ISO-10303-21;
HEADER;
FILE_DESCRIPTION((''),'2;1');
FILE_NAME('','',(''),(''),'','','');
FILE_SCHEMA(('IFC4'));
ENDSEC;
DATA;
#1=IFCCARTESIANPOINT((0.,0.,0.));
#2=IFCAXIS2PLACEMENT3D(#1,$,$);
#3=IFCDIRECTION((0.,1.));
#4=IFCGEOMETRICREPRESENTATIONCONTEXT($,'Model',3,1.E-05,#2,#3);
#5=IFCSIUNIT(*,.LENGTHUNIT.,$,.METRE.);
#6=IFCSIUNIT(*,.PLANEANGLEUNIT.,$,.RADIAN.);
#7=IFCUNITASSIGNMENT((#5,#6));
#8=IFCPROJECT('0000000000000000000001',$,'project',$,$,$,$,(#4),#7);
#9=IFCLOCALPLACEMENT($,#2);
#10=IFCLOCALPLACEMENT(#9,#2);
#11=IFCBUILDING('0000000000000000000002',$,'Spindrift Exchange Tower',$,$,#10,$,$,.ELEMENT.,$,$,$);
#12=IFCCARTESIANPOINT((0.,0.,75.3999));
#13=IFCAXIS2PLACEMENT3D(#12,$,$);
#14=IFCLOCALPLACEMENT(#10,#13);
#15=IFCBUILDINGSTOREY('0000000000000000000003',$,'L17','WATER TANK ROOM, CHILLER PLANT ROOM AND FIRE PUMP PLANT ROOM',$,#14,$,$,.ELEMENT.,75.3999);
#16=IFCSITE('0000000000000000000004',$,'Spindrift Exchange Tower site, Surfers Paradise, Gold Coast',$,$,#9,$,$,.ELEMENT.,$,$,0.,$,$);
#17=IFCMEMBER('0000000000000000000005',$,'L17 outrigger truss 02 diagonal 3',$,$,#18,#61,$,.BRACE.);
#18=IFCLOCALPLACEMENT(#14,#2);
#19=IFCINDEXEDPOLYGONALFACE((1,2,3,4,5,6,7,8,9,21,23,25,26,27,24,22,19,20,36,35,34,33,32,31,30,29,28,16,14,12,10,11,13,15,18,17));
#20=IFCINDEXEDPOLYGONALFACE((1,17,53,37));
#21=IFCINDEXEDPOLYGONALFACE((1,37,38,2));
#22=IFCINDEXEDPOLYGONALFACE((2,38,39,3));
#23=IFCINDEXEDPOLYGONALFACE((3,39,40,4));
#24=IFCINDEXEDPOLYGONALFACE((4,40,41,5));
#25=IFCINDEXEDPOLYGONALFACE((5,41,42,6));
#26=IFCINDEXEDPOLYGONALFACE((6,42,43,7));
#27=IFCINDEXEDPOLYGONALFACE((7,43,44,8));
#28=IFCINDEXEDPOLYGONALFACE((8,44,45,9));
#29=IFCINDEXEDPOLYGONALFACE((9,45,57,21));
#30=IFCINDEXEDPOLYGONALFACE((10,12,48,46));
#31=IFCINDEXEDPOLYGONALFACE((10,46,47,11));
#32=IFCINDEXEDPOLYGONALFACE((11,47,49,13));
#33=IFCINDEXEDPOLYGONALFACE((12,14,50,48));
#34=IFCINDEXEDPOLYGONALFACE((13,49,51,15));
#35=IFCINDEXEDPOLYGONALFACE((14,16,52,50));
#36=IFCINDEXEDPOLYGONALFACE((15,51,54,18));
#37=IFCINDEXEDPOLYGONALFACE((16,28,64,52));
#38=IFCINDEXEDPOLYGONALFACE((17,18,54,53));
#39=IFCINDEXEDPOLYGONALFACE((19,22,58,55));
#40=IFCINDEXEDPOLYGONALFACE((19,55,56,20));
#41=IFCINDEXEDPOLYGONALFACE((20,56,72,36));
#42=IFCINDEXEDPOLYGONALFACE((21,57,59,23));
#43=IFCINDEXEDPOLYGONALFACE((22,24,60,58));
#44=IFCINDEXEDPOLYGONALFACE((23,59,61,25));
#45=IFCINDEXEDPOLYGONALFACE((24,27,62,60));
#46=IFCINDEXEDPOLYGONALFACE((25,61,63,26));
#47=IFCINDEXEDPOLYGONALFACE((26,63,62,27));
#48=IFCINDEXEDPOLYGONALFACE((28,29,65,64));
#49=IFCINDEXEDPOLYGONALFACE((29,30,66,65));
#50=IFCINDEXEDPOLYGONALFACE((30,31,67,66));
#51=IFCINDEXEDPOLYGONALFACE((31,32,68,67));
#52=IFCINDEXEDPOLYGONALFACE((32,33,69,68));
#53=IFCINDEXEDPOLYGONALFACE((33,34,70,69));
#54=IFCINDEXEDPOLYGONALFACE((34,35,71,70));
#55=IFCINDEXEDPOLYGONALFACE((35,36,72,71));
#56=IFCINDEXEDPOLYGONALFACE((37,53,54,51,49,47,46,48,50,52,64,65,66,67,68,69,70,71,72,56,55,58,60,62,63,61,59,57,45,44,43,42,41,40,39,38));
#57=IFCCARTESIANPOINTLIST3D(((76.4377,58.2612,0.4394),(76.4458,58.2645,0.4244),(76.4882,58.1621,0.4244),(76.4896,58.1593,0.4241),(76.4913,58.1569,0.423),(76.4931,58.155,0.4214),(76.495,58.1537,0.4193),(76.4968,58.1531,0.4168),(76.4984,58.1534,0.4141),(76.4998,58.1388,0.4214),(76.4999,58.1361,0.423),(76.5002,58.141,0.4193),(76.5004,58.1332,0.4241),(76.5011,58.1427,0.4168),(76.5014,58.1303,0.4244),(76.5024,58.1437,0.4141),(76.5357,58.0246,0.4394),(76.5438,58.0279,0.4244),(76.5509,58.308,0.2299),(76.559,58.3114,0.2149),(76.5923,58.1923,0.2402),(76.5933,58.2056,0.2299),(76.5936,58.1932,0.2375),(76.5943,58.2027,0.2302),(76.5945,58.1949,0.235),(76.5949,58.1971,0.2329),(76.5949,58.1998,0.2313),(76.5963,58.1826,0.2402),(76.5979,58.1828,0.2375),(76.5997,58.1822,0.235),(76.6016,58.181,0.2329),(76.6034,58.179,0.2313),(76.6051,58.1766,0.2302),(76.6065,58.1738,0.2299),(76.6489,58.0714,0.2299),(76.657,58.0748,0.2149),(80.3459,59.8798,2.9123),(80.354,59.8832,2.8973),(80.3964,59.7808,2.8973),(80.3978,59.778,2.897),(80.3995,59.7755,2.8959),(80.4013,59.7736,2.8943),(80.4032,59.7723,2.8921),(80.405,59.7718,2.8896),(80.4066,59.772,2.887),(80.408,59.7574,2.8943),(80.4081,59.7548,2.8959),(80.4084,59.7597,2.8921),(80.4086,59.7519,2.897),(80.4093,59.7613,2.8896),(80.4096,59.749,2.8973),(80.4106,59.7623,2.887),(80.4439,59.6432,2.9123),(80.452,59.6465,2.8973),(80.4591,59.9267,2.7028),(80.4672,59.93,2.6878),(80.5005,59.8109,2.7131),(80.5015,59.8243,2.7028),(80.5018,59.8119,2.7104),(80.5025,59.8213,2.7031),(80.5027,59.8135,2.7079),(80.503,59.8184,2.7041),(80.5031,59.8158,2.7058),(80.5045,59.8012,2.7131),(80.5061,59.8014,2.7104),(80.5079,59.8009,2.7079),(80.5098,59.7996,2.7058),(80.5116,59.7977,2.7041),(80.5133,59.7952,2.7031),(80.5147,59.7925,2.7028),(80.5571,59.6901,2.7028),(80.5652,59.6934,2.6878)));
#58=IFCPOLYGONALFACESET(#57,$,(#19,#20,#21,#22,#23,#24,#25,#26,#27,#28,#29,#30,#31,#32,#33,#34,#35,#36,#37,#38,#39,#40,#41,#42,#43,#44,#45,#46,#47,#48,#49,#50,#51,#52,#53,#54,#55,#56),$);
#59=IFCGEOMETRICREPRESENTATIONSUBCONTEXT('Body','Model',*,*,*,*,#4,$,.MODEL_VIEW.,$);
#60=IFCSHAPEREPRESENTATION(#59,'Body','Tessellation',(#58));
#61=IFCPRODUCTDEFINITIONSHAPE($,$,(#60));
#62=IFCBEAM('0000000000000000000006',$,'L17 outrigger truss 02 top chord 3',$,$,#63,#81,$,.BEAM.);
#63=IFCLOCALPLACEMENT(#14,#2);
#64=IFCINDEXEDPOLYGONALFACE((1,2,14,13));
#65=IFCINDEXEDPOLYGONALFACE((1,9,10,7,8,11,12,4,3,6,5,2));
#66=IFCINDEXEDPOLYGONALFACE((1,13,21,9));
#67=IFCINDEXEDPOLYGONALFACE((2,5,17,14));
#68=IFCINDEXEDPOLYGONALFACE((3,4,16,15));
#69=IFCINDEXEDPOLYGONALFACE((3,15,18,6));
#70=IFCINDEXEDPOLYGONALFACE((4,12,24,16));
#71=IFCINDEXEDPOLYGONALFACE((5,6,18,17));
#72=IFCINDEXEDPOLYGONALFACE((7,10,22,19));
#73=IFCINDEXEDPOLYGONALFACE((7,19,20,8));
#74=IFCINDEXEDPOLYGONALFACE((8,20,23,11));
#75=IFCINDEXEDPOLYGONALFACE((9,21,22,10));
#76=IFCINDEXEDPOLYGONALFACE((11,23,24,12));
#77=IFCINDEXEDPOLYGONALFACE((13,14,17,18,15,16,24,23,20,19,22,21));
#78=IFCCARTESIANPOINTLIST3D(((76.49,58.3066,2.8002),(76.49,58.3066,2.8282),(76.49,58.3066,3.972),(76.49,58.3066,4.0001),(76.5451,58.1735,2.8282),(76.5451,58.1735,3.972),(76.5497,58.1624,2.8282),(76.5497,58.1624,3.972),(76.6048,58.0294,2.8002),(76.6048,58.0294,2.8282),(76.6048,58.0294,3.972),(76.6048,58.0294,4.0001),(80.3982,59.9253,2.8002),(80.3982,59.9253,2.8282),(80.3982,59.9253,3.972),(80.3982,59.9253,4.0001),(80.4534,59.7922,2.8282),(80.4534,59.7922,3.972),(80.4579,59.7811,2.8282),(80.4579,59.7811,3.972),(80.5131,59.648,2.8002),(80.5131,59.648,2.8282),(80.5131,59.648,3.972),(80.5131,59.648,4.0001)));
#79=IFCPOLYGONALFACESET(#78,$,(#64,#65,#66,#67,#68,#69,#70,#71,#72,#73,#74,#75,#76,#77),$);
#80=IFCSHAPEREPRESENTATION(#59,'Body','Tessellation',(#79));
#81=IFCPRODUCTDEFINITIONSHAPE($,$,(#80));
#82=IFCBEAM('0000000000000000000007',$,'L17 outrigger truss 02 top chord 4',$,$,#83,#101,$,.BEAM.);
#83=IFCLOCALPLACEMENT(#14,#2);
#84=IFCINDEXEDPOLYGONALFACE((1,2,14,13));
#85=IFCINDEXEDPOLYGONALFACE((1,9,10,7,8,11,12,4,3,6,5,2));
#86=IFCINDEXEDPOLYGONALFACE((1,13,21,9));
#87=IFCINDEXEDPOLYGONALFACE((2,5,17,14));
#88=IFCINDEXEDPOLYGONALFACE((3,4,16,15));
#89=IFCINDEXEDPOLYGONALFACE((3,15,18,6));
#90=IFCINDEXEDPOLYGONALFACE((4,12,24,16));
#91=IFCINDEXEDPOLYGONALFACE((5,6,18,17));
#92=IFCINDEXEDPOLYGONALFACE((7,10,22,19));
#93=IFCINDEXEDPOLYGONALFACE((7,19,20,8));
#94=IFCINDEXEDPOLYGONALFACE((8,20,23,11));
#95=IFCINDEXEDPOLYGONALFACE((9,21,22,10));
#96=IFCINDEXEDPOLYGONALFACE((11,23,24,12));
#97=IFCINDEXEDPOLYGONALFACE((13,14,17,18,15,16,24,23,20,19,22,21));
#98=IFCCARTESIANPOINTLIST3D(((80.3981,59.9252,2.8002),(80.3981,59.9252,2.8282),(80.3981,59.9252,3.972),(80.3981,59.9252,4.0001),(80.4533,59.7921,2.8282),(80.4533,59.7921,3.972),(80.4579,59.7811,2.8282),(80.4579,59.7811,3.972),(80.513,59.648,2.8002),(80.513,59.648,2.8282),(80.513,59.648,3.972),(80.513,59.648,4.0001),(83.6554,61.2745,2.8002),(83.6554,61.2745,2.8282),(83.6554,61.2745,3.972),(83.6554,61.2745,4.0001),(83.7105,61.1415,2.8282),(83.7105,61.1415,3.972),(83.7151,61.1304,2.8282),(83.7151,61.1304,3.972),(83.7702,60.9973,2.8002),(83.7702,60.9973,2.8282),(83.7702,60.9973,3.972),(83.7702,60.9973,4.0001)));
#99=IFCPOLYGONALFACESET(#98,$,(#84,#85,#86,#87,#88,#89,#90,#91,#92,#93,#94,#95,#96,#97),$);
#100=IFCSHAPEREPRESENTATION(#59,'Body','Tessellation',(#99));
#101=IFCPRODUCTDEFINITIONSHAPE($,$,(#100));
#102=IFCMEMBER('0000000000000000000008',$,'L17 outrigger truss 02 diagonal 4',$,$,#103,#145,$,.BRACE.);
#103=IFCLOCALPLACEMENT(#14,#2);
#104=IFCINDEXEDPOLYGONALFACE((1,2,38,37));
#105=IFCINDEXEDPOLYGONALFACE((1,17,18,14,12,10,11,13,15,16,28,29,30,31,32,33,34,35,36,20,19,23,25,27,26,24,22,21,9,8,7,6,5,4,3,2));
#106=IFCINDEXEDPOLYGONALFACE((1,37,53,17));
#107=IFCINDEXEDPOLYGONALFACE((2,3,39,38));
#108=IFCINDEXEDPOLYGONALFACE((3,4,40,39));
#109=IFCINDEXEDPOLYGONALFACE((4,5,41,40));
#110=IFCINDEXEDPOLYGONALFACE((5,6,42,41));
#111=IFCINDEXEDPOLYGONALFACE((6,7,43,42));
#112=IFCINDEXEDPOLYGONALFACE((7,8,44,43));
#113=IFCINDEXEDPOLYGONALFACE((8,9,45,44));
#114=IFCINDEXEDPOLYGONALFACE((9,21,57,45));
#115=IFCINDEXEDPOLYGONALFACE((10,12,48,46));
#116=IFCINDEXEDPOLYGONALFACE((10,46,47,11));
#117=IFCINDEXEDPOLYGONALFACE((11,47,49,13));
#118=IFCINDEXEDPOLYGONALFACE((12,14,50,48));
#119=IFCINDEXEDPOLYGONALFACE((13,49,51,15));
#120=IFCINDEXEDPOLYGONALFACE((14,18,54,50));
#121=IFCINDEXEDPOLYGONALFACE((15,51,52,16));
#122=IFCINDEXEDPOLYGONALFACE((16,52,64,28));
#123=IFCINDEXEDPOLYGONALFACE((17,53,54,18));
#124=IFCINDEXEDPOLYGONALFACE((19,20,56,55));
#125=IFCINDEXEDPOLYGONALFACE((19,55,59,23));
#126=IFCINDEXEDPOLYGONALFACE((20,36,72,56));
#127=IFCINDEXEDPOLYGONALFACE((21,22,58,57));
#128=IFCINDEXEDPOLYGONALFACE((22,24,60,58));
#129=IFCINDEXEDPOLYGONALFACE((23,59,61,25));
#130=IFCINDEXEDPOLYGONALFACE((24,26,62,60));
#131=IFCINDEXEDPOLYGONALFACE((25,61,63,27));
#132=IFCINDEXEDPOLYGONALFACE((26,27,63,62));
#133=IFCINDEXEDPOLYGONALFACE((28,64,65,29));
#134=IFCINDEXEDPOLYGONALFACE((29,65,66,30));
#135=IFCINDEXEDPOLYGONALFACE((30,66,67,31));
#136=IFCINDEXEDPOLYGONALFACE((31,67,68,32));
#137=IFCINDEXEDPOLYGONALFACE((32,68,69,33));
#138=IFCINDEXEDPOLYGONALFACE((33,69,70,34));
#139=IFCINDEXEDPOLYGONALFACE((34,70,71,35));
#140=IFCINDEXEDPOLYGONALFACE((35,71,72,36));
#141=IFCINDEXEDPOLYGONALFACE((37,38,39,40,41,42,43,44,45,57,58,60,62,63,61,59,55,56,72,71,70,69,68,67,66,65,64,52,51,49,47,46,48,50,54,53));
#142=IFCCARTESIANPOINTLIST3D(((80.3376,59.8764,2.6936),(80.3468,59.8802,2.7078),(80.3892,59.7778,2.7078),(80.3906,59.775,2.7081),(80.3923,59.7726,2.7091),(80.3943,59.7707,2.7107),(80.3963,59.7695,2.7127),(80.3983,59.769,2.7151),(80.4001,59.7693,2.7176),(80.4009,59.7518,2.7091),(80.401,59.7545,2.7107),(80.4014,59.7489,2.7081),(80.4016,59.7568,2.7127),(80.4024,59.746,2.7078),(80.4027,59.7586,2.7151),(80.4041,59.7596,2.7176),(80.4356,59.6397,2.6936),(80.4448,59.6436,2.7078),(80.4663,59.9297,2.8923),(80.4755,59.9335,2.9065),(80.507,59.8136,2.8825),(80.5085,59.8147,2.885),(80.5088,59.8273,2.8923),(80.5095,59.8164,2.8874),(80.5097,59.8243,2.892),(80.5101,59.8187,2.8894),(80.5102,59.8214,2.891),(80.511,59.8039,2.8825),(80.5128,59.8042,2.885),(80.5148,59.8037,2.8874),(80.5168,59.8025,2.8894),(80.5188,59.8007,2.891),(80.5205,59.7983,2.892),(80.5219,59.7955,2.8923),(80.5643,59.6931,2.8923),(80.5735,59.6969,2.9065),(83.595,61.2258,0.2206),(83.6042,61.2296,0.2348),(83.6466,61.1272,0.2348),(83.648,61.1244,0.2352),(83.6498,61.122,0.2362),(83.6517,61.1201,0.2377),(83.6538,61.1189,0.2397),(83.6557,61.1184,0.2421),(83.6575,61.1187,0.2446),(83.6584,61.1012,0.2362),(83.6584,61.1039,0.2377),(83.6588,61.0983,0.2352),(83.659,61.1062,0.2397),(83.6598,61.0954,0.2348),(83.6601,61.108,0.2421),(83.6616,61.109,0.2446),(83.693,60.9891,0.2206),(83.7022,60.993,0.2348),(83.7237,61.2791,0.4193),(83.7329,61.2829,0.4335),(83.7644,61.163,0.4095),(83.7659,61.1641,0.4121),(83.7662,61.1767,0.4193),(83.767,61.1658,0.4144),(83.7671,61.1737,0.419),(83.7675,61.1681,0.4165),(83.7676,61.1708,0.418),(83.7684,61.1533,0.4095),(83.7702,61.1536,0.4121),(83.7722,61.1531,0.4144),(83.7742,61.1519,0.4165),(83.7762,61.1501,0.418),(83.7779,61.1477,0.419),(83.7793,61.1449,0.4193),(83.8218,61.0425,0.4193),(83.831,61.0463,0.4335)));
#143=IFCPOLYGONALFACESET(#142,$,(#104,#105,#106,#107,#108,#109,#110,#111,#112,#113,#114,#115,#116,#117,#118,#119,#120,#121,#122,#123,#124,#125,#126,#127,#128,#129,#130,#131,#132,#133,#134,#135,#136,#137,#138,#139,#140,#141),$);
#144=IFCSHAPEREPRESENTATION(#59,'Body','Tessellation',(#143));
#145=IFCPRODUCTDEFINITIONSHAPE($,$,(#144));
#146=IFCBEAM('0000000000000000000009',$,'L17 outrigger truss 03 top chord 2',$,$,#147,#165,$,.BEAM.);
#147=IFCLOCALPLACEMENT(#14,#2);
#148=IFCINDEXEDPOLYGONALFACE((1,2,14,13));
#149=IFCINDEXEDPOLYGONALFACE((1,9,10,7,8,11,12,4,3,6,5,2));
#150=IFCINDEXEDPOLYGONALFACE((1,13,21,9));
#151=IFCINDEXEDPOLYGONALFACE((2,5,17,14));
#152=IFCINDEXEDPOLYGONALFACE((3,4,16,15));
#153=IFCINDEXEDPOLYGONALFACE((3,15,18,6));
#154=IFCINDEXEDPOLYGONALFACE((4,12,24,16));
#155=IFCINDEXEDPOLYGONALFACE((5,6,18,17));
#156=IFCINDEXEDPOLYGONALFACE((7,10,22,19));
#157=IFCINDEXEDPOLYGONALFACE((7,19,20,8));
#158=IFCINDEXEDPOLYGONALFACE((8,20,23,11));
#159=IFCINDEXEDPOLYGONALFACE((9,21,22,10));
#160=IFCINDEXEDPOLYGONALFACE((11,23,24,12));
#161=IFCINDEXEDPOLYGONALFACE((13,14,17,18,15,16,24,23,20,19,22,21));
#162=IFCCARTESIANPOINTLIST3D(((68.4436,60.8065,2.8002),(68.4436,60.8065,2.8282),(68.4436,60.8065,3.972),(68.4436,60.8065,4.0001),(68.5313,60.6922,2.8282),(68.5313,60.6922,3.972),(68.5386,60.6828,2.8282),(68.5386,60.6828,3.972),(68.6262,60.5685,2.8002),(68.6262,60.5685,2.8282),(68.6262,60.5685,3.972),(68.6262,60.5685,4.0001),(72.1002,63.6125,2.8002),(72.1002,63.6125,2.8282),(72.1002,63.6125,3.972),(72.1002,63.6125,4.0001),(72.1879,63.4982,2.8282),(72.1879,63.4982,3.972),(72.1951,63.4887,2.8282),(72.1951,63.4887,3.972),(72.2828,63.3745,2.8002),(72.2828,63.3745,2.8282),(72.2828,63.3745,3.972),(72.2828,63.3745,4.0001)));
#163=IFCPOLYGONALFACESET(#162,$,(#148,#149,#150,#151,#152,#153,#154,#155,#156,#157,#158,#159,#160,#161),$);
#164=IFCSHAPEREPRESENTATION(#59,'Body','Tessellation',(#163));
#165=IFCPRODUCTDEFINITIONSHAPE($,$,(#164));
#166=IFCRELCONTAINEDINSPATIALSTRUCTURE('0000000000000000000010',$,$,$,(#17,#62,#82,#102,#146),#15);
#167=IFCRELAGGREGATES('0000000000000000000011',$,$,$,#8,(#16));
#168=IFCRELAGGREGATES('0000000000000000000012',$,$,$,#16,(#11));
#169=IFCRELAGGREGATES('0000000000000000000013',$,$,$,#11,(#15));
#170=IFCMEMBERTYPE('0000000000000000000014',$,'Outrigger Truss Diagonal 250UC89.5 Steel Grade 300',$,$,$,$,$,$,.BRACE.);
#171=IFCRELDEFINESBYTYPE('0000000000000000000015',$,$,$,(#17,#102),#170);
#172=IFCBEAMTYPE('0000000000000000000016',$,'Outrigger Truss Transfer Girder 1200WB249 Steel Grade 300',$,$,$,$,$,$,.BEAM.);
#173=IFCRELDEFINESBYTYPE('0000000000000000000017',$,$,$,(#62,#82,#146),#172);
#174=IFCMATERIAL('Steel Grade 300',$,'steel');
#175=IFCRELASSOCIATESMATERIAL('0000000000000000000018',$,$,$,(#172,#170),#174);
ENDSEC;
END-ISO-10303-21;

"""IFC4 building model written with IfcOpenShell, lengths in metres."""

from ifc_helpers import new_model, si_unit, direction, frame, origin, origin_2d, place, context, subcontext, project, spatial, i_section, extrude, source, transform, mapped, material, material_profile, profile_set, type_object, element, save


model = new_model("IFC4")

# Units and contexts
model_context = context("Model", 3, precision=1e-05, world=origin(), true_north=direction((0.0, 1.0)))
body_context = subcontext(model_context, "Body", "Model", "MODEL_VIEW")
ifc_project = project(units=[si_unit("LENGTHUNIT", "METRE"), si_unit("PLANEANGLEUNIT", "RADIAN")], contexts=[model_context])

# Site, building, storey
site_placement = place(None, origin())
site = spatial("IfcSite", under=ifc_project, at=site_placement, Name="Spindrift Exchange Tower site, Surfers Paradise, Gold Coast", CompositionType="ELEMENT", RefElevation=0.0)
building_placement = place(site_placement, origin())
building = spatial("IfcBuilding", under=site, at=building_placement, Name="Spindrift Exchange Tower", CompositionType="ELEMENT")
storey_placement = place(building_placement, frame((0.0, 0.0, 75.3999)))
storey = spatial("IfcBuildingStorey", under=building, at=storey_placement, Name="L17", Description="WATER TANK ROOM, CHILLER PLANT ROOM AND FIRE PUMP PLANT ROOM", CompositionType="ELEMENT", Elevation=75.3999)

# Shared definitions
ifc_material_1 = material(Name="Steel Grade 300", Category="steel")
ifc_material_profile_1 = material_profile(ifc_material_1, i_section(OverallWidth=0.3, OverallDepth=1.2, WebThickness=0.012, FlangeThickness=0.0281, at=origin_2d()), Name="1200WB249")
ifc_profile_set_1 = profile_set([ifc_material_profile_1], Name="Steel Grade 300")
beam_type = type_object("IfcBeamType", Name="Outrigger Truss Transfer Girder 1200WB249 Steel Grade 300", PredefinedType="BEAM", material=ifc_profile_set_1)

# Shared definitions
ifc_material_profile_2 = material_profile(ifc_material_1, i_section(OverallWidth=0.2561, OverallDepth=0.26, WebThickness=0.0105, FlangeThickness=0.0173, FilletRadius=0.012, at=origin_2d()), Name="250UC89.5")
ifc_profile_set_2 = profile_set([ifc_material_profile_2], Name="Steel Grade 300")
member_type_1 = type_object("IfcMemberType", Name="Outrigger Truss Diagonal 250UC89.5 Steel Grade 300", PredefinedType="BRACE", material=ifc_profile_set_2)

# Member
shared_shape_1 = source(origin(), body_context, "Body", "SweptSolid", [
    extrude(i_section(OverallWidth=0.2561, OverallDepth=0.26, WebThickness=0.0105, FlangeThickness=0.0173, FilletRadius=0.012, at=origin_2d()), origin(), (0.0, 0.0, 1.0), 4.8999),
])
for number, where, z_axis, x_axis, name in (
    (1, (76.5474, 58.168, 0.3271), (0.797604, 0.330342, 0.504681), (-0.382647, 0.923894, 0.0), "L17 outrigger truss 02 diagonal 3"),
):
    element("IfcMember", number, at=place(storey_placement, frame(where, z_axis=z_axis, x_axis=x_axis)), inside=storey, type_object=member_type_1, Name=name, PredefinedType="BRACE", context=body_context, shape_type="MappedRepresentation", body=[
        mapped(shared_shape_1, transform((0.0, 0.0, 0.0), scale=1.0)),
    ])

# Beams
shared_shape_2 = source(origin(), body_context, "Body", "SweptSolid", [
    extrude(i_section(OverallWidth=0.3, OverallDepth=1.2, WebThickness=0.012, FlangeThickness=0.0281, at=origin_2d()), origin(), (0.0, 0.0, 1.0), 4.2302),
])
beam_1_placement = place(storey_placement, frame((76.5474, 58.168, 3.4001), z_axis=(0.923894, 0.382647, 0.0), x_axis=(-0.382647, 0.923894, 0.0)))
element("IfcBeam", 2, at=beam_1_placement, inside=storey, type_object=beam_type, Name="L17 outrigger truss 02 top chord 3", PredefinedType="BEAM", context=body_context, shape_type="MappedRepresentation", body=[
    mapped(shared_shape_2, transform((0.0, 0.0, 0.0), scale=1.0)),
])
shared_shape_3 = source(origin(), body_context, "Body", "SweptSolid", [
    extrude(i_section(OverallWidth=0.3, OverallDepth=1.2, WebThickness=0.012, FlangeThickness=0.0281, at=origin_2d()), origin(), (0.0, 0.0, 1.0), 3.5256),
])
beam_2_placement = place(storey_placement, frame((80.4556, 59.7866, 3.4001), z_axis=(0.923866, 0.382717, 0.0), x_axis=(-0.382717, 0.923866, 0.0)))
element("IfcBeam", 3, at=beam_2_placement, inside=storey, type_object=beam_type, Name="L17 outrigger truss 02 top chord 4", PredefinedType="BEAM", context=body_context, shape_type="MappedRepresentation", body=[
    mapped(shared_shape_3, transform((0.0, 0.0, 0.0), scale=1.0)),
])

# Member
shared_shape_4 = source(origin(), body_context, "Body", "SweptSolid", [
    extrude(i_section(OverallWidth=0.2561, OverallDepth=0.26, WebThickness=0.0105, FlangeThickness=0.0173, FilletRadius=0.012, at=origin_2d()), origin(), (0.0, 0.0, 1.0), 4.3066),
])
member_1_placement = place(storey_placement, frame((80.4556, 59.7866, 2.8), z_axis=(0.756369, 0.31333, -0.574221), x_axis=(-0.382717, 0.923866, 0.0)))
element("IfcMember", 4, at=member_1_placement, inside=storey, type_object=member_type_1, Name="L17 outrigger truss 02 diagonal 4", PredefinedType="BRACE", context=body_context, shape_type="MappedRepresentation", body=[
    mapped(shared_shape_4, transform((0.0, 0.0, 0.0), scale=1.0)),
])

# Beam
shared_shape_5 = source(origin(), body_context, "Body", "SweptSolid", [
    extrude(i_section(OverallWidth=0.3, OverallDepth=1.2, WebThickness=0.012, FlangeThickness=0.0281, at=origin_2d()), origin(), (0.0, 0.0, 1.0), 4.6091),
])
beam_3_placement = place(storey_placement, frame((68.5349, 60.6875, 3.4001), z_axis=(0.793334, 0.608786, 0.0), x_axis=(-0.608786, 0.793334, 0.0)))
element("IfcBeam", 5, at=beam_3_placement, inside=storey, type_object=beam_type, Name="L17 outrigger truss 03 top chord 2", PredefinedType="BEAM", context=body_context, shape_type="MappedRepresentation", body=[
    mapped(shared_shape_5, transform((0.0, 0.0, 0.0), scale=1.0)),
])

save(model, "model.ifc")
